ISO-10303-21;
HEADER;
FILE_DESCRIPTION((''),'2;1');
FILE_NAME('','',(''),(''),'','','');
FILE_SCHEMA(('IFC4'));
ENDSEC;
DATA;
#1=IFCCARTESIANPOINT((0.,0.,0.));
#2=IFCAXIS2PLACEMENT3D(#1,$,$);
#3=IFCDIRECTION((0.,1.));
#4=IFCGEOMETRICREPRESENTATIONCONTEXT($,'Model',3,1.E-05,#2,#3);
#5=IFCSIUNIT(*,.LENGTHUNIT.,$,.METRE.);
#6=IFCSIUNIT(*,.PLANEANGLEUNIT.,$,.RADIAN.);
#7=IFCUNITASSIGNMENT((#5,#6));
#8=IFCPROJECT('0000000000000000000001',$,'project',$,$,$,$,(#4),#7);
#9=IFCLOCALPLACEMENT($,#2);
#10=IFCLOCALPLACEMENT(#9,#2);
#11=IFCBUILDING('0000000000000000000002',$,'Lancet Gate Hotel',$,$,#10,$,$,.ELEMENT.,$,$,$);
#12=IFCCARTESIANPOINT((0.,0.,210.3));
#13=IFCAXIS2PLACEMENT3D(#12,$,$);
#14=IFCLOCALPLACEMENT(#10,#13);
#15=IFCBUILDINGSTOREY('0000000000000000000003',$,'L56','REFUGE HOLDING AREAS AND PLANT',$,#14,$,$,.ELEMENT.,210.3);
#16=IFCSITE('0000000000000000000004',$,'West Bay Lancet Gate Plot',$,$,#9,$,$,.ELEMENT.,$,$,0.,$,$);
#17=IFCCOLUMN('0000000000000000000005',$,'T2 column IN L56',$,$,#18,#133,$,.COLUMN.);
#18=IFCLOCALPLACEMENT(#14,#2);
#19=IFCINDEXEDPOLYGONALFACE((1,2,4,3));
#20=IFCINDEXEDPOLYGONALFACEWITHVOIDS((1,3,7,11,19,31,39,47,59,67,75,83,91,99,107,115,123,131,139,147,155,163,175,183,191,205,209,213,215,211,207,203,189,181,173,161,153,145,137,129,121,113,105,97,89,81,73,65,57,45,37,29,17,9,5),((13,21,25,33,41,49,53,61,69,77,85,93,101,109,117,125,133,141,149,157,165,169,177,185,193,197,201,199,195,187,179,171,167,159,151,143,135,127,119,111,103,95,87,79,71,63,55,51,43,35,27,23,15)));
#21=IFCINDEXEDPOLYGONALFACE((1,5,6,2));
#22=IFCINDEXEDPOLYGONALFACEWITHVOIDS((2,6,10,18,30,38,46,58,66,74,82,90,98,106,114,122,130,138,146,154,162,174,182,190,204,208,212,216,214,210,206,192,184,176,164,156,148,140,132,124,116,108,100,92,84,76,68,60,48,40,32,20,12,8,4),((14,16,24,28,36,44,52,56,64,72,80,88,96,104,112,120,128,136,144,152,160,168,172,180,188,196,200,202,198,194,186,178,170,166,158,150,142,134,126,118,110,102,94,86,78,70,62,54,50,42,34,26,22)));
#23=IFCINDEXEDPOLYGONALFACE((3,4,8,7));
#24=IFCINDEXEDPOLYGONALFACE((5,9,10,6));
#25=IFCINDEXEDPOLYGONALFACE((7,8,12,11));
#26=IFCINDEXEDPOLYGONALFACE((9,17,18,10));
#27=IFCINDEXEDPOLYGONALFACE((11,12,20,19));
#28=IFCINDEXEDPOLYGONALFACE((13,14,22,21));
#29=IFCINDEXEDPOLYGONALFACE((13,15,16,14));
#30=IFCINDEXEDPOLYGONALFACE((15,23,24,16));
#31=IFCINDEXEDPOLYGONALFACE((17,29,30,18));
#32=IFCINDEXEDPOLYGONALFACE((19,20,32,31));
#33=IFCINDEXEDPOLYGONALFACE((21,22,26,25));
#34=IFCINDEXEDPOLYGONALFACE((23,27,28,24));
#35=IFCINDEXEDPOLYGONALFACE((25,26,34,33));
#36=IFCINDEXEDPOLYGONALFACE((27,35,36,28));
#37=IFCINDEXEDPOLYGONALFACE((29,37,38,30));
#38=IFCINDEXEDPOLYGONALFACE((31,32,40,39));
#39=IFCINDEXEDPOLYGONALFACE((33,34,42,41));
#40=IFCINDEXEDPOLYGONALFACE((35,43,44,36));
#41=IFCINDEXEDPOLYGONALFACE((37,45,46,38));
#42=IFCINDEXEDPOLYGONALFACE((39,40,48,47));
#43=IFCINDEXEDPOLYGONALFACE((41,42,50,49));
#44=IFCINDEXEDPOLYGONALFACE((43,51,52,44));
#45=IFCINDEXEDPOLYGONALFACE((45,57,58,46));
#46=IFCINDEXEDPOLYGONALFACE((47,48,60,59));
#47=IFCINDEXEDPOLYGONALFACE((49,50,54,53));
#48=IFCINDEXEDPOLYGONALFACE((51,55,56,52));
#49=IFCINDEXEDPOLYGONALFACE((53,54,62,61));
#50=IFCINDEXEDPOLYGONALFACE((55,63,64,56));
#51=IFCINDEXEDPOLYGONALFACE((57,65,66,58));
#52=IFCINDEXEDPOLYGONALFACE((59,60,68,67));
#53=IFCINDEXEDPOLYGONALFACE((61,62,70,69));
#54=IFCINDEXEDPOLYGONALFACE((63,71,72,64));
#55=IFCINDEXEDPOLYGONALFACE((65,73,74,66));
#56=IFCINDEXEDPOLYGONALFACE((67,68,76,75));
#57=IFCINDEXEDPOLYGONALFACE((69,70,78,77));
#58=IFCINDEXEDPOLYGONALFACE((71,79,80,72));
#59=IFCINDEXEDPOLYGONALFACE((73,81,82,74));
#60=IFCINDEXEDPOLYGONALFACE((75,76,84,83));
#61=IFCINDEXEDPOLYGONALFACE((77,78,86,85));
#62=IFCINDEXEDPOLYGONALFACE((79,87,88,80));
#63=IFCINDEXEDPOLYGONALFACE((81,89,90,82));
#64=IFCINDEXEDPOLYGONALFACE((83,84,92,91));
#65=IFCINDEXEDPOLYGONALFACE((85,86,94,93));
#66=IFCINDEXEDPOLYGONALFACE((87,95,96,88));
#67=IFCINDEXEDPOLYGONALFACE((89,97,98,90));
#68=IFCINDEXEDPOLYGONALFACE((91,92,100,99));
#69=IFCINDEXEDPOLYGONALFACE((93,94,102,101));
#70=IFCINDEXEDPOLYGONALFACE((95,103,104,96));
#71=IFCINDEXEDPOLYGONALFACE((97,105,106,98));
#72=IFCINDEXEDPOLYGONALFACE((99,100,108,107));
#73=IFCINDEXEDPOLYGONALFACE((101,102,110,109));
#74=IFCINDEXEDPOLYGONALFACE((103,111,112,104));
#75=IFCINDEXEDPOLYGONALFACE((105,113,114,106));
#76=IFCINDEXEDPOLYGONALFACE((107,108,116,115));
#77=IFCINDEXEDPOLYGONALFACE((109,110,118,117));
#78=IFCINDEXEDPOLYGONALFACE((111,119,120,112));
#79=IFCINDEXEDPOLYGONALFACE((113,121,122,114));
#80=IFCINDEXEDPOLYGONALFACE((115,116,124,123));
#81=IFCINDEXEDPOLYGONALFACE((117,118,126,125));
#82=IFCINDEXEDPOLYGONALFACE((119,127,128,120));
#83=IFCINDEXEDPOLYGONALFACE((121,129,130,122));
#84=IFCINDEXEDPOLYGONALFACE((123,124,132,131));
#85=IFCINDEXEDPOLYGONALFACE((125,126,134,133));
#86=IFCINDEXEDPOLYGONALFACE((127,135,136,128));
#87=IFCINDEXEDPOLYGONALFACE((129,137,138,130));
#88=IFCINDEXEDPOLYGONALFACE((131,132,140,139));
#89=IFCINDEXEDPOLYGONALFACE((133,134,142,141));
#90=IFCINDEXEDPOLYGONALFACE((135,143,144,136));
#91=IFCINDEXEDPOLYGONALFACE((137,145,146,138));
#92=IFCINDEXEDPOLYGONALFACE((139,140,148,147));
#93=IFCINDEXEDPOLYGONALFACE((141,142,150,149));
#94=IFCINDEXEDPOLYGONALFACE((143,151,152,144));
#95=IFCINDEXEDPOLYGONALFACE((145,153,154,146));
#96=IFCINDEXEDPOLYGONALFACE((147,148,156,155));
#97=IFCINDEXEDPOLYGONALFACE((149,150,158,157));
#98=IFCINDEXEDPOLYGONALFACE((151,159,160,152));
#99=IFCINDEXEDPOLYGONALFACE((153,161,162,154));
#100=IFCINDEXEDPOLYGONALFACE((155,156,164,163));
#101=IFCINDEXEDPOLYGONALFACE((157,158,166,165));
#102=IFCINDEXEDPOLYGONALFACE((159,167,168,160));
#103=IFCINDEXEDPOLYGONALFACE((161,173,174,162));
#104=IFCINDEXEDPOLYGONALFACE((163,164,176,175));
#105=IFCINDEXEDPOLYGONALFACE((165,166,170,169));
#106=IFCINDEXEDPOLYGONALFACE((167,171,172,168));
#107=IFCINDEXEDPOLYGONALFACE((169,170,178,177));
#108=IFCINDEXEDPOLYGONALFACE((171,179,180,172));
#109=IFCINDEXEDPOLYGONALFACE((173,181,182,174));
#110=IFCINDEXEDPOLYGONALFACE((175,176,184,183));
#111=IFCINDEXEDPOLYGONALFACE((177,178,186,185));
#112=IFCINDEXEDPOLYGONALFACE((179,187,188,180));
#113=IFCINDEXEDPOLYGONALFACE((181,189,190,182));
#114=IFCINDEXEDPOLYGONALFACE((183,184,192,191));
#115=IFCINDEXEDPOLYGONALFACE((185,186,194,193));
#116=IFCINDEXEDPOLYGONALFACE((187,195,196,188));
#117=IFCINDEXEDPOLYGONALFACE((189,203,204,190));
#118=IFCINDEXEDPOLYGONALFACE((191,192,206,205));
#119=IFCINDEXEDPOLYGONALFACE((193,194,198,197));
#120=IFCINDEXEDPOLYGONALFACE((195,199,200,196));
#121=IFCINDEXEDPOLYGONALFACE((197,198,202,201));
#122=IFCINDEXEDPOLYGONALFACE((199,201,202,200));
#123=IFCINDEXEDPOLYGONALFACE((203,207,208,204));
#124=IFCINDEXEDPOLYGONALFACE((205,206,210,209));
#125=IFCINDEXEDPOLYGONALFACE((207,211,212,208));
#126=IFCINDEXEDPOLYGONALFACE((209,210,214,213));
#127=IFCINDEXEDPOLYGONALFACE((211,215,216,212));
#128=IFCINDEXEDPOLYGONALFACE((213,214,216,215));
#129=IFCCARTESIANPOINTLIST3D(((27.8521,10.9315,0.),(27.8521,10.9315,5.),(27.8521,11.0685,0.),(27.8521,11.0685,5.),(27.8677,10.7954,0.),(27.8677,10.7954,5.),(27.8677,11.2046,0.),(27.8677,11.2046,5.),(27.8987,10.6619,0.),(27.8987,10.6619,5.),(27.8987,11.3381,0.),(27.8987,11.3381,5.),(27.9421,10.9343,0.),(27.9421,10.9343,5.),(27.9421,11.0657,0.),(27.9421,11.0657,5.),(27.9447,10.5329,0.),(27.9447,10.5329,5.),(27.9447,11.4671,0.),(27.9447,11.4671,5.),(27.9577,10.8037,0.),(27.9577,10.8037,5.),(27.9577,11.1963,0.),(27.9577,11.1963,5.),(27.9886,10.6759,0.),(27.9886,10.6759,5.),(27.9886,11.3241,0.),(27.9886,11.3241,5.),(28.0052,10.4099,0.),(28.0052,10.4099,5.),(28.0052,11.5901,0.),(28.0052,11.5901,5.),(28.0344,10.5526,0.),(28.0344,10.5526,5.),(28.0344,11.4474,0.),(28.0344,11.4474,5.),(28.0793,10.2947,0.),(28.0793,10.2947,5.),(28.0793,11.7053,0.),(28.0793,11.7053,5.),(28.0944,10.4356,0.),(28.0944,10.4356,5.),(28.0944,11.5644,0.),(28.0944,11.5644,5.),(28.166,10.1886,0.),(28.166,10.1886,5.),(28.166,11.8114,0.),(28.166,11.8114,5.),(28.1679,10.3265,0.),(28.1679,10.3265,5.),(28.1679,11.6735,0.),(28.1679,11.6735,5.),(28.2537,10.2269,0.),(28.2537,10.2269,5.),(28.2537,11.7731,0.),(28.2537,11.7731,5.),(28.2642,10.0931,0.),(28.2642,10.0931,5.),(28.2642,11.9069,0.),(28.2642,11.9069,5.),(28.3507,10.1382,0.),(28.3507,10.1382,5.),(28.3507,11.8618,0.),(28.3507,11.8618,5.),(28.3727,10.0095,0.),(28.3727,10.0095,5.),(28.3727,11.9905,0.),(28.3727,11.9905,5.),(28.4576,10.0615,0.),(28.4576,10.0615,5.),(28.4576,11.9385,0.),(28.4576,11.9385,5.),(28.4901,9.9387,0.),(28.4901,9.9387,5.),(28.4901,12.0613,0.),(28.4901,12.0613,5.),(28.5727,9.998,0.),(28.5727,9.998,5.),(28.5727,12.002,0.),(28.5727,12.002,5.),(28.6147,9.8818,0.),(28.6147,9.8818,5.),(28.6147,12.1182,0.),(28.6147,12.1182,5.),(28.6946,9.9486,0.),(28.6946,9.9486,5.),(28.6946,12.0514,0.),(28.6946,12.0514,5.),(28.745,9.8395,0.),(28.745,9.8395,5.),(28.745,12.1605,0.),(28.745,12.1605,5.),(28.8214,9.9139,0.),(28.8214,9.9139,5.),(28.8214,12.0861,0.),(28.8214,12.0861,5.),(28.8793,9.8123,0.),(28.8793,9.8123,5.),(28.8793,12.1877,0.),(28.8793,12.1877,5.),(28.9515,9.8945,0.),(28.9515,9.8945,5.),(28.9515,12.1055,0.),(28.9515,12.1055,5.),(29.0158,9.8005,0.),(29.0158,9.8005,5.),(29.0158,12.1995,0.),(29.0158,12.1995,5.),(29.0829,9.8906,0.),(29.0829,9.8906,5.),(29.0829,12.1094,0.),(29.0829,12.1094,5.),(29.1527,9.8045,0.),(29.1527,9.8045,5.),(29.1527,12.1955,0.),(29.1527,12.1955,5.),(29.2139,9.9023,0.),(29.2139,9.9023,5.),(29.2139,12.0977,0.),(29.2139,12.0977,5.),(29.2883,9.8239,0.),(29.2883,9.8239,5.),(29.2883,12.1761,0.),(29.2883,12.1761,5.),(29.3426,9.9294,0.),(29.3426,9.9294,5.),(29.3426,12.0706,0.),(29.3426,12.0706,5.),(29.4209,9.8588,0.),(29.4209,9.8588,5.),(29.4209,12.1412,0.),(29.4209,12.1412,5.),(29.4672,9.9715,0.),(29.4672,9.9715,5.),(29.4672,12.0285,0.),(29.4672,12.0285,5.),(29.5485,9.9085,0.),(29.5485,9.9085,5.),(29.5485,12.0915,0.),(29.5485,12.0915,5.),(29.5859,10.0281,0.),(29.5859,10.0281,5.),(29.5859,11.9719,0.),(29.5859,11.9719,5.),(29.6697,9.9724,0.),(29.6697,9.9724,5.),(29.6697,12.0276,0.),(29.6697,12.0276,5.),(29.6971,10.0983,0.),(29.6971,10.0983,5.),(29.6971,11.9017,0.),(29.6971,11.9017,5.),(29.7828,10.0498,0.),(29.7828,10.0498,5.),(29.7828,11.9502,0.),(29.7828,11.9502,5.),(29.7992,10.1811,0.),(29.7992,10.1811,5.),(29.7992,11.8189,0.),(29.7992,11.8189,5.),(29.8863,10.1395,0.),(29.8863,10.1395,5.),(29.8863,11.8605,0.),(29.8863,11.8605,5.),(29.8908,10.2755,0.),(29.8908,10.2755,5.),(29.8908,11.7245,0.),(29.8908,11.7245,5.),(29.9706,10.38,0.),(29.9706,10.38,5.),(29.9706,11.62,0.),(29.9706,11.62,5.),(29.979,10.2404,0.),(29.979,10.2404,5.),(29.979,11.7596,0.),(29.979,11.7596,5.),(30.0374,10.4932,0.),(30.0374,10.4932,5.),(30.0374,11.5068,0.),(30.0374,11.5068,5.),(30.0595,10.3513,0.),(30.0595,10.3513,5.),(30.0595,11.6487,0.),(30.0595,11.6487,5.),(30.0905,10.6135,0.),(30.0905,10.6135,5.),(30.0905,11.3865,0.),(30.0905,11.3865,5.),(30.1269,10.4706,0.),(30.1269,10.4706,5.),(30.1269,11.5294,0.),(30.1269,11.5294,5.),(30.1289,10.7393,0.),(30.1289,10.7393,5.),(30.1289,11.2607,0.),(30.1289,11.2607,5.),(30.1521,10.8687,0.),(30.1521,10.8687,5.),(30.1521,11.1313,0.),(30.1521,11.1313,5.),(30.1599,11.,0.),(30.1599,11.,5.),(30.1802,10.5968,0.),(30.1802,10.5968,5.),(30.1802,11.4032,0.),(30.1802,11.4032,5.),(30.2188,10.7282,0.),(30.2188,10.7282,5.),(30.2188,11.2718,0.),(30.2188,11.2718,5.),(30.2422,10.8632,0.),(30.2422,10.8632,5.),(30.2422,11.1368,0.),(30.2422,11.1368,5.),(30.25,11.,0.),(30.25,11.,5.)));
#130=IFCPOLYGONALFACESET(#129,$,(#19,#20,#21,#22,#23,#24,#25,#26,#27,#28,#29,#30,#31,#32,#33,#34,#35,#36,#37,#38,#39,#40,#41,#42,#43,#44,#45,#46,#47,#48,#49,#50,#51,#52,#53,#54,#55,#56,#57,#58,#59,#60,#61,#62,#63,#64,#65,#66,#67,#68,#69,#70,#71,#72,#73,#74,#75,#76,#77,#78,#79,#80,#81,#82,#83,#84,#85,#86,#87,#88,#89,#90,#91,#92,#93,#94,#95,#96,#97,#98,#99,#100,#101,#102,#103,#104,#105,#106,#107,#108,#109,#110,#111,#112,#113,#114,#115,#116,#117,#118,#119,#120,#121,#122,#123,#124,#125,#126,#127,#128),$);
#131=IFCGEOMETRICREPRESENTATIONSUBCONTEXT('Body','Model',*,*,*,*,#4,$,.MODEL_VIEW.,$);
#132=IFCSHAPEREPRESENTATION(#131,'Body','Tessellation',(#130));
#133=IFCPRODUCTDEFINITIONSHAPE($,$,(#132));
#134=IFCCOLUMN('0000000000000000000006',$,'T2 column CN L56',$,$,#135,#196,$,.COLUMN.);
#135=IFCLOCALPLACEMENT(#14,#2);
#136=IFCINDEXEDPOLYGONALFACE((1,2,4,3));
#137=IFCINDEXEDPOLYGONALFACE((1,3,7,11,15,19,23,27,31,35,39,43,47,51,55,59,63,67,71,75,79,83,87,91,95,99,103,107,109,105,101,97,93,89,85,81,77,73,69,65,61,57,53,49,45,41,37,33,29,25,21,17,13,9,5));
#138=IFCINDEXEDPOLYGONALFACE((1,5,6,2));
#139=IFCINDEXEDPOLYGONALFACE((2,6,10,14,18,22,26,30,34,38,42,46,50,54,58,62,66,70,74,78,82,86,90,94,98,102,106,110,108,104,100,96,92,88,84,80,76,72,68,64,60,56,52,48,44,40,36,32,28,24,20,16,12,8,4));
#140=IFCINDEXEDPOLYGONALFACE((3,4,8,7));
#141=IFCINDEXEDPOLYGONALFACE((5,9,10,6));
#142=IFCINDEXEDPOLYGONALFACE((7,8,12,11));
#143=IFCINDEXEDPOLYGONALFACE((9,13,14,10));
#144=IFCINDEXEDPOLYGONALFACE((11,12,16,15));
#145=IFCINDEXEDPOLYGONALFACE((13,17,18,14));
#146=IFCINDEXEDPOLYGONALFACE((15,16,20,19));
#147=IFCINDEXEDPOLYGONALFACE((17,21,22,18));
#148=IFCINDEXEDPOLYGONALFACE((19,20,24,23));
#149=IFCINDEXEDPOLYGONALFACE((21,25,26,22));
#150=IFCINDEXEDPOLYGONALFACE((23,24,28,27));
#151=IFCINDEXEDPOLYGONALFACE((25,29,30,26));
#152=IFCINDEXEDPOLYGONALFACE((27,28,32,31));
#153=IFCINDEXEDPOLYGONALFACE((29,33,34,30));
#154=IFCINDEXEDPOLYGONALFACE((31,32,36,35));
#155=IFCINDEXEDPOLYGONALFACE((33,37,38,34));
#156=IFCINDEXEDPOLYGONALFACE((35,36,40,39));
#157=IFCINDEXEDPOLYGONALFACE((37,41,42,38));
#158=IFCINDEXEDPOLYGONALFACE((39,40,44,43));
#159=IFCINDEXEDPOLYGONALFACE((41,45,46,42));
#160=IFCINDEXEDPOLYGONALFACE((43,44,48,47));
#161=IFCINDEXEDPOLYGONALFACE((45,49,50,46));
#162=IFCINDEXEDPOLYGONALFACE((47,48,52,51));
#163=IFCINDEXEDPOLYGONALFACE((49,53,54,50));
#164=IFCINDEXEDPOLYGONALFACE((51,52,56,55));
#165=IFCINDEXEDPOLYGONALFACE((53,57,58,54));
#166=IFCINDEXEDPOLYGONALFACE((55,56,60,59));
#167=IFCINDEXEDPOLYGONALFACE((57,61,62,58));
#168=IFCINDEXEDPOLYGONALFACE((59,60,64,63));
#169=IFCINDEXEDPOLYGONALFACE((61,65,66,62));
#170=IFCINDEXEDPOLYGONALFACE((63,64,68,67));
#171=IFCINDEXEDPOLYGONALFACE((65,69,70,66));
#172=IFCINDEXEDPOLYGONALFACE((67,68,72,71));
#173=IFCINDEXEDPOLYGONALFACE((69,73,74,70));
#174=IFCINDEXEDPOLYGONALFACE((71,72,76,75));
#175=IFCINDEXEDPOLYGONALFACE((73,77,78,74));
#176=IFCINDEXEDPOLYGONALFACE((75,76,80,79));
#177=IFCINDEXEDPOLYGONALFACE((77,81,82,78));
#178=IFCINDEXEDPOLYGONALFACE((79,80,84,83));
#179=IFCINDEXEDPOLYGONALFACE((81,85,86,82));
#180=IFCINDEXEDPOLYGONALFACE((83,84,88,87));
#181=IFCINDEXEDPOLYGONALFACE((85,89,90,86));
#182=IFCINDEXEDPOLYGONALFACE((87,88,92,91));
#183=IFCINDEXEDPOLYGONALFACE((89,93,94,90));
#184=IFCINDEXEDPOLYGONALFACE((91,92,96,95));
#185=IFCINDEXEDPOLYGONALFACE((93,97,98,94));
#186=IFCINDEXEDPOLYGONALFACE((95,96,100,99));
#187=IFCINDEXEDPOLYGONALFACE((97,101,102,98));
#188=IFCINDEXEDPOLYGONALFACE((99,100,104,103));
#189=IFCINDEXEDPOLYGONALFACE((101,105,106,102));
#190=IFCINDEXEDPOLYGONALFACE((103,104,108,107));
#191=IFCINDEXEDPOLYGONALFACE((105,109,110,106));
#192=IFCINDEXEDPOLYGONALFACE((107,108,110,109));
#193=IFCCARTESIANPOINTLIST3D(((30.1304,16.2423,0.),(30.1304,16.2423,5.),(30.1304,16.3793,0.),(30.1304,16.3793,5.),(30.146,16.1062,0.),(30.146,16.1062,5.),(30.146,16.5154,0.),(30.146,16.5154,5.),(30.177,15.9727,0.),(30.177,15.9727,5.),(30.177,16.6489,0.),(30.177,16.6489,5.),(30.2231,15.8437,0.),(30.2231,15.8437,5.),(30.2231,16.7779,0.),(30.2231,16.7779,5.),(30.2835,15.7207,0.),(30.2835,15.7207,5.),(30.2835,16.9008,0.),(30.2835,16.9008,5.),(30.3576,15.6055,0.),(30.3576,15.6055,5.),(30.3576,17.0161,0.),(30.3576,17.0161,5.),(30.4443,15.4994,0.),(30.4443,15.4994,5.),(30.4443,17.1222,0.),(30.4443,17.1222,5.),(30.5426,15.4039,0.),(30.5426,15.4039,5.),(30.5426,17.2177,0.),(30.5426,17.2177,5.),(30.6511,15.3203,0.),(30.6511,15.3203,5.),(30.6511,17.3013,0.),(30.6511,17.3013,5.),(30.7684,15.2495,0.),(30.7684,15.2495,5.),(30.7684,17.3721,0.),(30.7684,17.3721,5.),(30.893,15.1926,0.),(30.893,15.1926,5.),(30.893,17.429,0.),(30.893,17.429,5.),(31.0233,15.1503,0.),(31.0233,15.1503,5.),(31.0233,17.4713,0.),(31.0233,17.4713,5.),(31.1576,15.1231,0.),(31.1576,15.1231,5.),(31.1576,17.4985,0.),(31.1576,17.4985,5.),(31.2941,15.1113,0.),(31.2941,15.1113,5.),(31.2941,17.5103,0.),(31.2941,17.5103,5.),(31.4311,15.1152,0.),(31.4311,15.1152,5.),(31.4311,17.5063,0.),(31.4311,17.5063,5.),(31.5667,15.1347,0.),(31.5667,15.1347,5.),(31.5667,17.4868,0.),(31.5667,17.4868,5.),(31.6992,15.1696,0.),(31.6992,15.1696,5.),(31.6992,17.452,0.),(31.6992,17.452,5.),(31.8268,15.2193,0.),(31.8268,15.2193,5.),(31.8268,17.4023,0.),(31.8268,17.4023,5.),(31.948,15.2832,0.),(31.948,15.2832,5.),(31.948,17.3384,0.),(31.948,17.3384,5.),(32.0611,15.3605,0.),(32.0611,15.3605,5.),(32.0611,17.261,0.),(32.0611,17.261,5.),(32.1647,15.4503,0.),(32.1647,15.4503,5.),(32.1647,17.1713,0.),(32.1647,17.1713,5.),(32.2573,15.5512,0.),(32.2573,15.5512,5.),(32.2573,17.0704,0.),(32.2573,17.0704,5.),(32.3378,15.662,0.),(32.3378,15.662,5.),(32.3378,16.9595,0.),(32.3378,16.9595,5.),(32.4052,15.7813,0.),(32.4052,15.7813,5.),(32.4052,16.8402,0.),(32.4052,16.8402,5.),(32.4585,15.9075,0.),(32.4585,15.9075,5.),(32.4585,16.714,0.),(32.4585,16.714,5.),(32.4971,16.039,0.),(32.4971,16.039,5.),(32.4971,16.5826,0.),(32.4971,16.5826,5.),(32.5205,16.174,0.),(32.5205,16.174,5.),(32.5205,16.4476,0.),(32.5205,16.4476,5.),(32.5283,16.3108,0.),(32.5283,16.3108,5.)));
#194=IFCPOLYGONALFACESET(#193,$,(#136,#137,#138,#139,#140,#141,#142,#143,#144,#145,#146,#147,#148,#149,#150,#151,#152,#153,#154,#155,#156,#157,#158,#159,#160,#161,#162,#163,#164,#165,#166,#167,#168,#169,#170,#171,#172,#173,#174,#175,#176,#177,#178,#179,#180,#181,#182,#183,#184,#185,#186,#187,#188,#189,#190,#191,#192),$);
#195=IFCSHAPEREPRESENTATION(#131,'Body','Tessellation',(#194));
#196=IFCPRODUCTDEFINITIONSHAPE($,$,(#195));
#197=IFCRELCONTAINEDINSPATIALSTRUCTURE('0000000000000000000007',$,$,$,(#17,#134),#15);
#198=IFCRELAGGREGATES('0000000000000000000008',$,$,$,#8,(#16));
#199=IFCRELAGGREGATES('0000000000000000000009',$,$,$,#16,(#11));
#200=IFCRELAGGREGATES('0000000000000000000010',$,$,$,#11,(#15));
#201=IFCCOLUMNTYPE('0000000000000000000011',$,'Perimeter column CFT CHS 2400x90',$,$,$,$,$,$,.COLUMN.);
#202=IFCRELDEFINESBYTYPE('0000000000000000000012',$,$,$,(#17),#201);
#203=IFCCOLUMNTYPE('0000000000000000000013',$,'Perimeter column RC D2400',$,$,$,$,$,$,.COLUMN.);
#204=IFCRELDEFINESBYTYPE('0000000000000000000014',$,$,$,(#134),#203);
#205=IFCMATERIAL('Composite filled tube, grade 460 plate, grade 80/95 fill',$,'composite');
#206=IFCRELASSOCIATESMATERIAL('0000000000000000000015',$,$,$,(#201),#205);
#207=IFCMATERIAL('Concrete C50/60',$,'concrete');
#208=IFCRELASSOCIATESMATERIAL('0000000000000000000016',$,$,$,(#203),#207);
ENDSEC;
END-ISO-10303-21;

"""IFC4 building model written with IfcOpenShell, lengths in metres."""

from ifc_helpers import new_model, si_unit, direction, frame, origin, origin_2d, place, context, subcontext, project, spatial, circle, hollow_circle, extrude, material, material_profile, profile_set, type_object, element, save


model = new_model("IFC4")

# Units and contexts
model_context = context("Model", 3, precision=1e-05, world=origin(), true_north=direction((0.0, 1.0)))
body_context = subcontext(model_context, "Body", "Model", "MODEL_VIEW")
ifc_project = project(units=[si_unit("LENGTHUNIT", "METRE"), si_unit("PLANEANGLEUNIT", "RADIAN")], contexts=[model_context])

# Site, building, storey
site_placement = place(None, origin())
site = spatial("IfcSite", under=ifc_project, at=site_placement, Name="West Bay Lancet Gate Plot", CompositionType="ELEMENT", RefElevation=0.0)
building_placement = place(site_placement, origin())
building = spatial("IfcBuilding", under=site, at=building_placement, Name="Lancet Gate Hotel", CompositionType="ELEMENT")
storey_placement = place(building_placement, frame((0.0, 0.0, 210.3)))
storey = spatial("IfcBuildingStorey", under=building, at=storey_placement, Name="L56", Description="REFUGE HOLDING AREAS AND PLANT", CompositionType="ELEMENT", Elevation=210.3)

# Columns
ifc_material_1 = material(Name="Composite filled tube, grade 460 plate, grade 80/95 fill", Category="composite")
ifc_material_profile_1 = material_profile(ifc_material_1, hollow_circle(Radius=1.2, WallThickness=0.0901, at=origin_2d()), Name="CHS 2400x90")
ifc_profile_set_1 = profile_set([ifc_material_profile_1], Name="Composite filled tube, grade 460 plate, grade 80/95 fill")
column_type_1 = type_object("IfcColumnType", Name="Perimeter column CFT CHS 2400x90", PredefinedType="COLUMN", material=ifc_profile_set_1)
column_1_placement = place(storey_placement, frame((29.05, 11.0, 0.0), z_axis=(0.0, 0.0, 1.0), x_axis=(1.0, 0.0, 0.0)))
element("IfcColumn", 1, at=column_1_placement, inside=storey, type_object=column_type_1, Name="T2 column IN L56", PredefinedType="COLUMN", context=body_context, shape_type="SweptSolid", body=[
    extrude(hollow_circle(Radius=1.2, WallThickness=0.0901, at=origin_2d()), origin(), (0.0, 0.0, 1.0), 5.0),
])
ifc_material_2 = material(Name="Concrete C50/60", Category="concrete")
ifc_material_profile_2 = material_profile(ifc_material_2, circle(Radius=1.2, at=origin_2d()), Name="RC D2400")
ifc_profile_set_2 = profile_set([ifc_material_profile_2], Name="Concrete C50/60")
column_type_2 = type_object("IfcColumnType", Name="Perimeter column RC D2400", PredefinedType="COLUMN", material=ifc_profile_set_2)
column_2_placement = place(storey_placement, frame((31.3284, 16.3108, 0.0), z_axis=(0.0, 0.0, 1.0), x_axis=(1.0, 0.0, 0.0)))
element("IfcColumn", 2, at=column_2_placement, inside=storey, type_object=column_type_2, Name="T2 column CN L56", PredefinedType="COLUMN", context=body_context, shape_type="SweptSolid", body=[
    extrude(circle(Radius=1.2, at=origin_2d()), origin(), (0.0, 0.0, 1.0), 5.0),
])

save(model, "model.ifc")
